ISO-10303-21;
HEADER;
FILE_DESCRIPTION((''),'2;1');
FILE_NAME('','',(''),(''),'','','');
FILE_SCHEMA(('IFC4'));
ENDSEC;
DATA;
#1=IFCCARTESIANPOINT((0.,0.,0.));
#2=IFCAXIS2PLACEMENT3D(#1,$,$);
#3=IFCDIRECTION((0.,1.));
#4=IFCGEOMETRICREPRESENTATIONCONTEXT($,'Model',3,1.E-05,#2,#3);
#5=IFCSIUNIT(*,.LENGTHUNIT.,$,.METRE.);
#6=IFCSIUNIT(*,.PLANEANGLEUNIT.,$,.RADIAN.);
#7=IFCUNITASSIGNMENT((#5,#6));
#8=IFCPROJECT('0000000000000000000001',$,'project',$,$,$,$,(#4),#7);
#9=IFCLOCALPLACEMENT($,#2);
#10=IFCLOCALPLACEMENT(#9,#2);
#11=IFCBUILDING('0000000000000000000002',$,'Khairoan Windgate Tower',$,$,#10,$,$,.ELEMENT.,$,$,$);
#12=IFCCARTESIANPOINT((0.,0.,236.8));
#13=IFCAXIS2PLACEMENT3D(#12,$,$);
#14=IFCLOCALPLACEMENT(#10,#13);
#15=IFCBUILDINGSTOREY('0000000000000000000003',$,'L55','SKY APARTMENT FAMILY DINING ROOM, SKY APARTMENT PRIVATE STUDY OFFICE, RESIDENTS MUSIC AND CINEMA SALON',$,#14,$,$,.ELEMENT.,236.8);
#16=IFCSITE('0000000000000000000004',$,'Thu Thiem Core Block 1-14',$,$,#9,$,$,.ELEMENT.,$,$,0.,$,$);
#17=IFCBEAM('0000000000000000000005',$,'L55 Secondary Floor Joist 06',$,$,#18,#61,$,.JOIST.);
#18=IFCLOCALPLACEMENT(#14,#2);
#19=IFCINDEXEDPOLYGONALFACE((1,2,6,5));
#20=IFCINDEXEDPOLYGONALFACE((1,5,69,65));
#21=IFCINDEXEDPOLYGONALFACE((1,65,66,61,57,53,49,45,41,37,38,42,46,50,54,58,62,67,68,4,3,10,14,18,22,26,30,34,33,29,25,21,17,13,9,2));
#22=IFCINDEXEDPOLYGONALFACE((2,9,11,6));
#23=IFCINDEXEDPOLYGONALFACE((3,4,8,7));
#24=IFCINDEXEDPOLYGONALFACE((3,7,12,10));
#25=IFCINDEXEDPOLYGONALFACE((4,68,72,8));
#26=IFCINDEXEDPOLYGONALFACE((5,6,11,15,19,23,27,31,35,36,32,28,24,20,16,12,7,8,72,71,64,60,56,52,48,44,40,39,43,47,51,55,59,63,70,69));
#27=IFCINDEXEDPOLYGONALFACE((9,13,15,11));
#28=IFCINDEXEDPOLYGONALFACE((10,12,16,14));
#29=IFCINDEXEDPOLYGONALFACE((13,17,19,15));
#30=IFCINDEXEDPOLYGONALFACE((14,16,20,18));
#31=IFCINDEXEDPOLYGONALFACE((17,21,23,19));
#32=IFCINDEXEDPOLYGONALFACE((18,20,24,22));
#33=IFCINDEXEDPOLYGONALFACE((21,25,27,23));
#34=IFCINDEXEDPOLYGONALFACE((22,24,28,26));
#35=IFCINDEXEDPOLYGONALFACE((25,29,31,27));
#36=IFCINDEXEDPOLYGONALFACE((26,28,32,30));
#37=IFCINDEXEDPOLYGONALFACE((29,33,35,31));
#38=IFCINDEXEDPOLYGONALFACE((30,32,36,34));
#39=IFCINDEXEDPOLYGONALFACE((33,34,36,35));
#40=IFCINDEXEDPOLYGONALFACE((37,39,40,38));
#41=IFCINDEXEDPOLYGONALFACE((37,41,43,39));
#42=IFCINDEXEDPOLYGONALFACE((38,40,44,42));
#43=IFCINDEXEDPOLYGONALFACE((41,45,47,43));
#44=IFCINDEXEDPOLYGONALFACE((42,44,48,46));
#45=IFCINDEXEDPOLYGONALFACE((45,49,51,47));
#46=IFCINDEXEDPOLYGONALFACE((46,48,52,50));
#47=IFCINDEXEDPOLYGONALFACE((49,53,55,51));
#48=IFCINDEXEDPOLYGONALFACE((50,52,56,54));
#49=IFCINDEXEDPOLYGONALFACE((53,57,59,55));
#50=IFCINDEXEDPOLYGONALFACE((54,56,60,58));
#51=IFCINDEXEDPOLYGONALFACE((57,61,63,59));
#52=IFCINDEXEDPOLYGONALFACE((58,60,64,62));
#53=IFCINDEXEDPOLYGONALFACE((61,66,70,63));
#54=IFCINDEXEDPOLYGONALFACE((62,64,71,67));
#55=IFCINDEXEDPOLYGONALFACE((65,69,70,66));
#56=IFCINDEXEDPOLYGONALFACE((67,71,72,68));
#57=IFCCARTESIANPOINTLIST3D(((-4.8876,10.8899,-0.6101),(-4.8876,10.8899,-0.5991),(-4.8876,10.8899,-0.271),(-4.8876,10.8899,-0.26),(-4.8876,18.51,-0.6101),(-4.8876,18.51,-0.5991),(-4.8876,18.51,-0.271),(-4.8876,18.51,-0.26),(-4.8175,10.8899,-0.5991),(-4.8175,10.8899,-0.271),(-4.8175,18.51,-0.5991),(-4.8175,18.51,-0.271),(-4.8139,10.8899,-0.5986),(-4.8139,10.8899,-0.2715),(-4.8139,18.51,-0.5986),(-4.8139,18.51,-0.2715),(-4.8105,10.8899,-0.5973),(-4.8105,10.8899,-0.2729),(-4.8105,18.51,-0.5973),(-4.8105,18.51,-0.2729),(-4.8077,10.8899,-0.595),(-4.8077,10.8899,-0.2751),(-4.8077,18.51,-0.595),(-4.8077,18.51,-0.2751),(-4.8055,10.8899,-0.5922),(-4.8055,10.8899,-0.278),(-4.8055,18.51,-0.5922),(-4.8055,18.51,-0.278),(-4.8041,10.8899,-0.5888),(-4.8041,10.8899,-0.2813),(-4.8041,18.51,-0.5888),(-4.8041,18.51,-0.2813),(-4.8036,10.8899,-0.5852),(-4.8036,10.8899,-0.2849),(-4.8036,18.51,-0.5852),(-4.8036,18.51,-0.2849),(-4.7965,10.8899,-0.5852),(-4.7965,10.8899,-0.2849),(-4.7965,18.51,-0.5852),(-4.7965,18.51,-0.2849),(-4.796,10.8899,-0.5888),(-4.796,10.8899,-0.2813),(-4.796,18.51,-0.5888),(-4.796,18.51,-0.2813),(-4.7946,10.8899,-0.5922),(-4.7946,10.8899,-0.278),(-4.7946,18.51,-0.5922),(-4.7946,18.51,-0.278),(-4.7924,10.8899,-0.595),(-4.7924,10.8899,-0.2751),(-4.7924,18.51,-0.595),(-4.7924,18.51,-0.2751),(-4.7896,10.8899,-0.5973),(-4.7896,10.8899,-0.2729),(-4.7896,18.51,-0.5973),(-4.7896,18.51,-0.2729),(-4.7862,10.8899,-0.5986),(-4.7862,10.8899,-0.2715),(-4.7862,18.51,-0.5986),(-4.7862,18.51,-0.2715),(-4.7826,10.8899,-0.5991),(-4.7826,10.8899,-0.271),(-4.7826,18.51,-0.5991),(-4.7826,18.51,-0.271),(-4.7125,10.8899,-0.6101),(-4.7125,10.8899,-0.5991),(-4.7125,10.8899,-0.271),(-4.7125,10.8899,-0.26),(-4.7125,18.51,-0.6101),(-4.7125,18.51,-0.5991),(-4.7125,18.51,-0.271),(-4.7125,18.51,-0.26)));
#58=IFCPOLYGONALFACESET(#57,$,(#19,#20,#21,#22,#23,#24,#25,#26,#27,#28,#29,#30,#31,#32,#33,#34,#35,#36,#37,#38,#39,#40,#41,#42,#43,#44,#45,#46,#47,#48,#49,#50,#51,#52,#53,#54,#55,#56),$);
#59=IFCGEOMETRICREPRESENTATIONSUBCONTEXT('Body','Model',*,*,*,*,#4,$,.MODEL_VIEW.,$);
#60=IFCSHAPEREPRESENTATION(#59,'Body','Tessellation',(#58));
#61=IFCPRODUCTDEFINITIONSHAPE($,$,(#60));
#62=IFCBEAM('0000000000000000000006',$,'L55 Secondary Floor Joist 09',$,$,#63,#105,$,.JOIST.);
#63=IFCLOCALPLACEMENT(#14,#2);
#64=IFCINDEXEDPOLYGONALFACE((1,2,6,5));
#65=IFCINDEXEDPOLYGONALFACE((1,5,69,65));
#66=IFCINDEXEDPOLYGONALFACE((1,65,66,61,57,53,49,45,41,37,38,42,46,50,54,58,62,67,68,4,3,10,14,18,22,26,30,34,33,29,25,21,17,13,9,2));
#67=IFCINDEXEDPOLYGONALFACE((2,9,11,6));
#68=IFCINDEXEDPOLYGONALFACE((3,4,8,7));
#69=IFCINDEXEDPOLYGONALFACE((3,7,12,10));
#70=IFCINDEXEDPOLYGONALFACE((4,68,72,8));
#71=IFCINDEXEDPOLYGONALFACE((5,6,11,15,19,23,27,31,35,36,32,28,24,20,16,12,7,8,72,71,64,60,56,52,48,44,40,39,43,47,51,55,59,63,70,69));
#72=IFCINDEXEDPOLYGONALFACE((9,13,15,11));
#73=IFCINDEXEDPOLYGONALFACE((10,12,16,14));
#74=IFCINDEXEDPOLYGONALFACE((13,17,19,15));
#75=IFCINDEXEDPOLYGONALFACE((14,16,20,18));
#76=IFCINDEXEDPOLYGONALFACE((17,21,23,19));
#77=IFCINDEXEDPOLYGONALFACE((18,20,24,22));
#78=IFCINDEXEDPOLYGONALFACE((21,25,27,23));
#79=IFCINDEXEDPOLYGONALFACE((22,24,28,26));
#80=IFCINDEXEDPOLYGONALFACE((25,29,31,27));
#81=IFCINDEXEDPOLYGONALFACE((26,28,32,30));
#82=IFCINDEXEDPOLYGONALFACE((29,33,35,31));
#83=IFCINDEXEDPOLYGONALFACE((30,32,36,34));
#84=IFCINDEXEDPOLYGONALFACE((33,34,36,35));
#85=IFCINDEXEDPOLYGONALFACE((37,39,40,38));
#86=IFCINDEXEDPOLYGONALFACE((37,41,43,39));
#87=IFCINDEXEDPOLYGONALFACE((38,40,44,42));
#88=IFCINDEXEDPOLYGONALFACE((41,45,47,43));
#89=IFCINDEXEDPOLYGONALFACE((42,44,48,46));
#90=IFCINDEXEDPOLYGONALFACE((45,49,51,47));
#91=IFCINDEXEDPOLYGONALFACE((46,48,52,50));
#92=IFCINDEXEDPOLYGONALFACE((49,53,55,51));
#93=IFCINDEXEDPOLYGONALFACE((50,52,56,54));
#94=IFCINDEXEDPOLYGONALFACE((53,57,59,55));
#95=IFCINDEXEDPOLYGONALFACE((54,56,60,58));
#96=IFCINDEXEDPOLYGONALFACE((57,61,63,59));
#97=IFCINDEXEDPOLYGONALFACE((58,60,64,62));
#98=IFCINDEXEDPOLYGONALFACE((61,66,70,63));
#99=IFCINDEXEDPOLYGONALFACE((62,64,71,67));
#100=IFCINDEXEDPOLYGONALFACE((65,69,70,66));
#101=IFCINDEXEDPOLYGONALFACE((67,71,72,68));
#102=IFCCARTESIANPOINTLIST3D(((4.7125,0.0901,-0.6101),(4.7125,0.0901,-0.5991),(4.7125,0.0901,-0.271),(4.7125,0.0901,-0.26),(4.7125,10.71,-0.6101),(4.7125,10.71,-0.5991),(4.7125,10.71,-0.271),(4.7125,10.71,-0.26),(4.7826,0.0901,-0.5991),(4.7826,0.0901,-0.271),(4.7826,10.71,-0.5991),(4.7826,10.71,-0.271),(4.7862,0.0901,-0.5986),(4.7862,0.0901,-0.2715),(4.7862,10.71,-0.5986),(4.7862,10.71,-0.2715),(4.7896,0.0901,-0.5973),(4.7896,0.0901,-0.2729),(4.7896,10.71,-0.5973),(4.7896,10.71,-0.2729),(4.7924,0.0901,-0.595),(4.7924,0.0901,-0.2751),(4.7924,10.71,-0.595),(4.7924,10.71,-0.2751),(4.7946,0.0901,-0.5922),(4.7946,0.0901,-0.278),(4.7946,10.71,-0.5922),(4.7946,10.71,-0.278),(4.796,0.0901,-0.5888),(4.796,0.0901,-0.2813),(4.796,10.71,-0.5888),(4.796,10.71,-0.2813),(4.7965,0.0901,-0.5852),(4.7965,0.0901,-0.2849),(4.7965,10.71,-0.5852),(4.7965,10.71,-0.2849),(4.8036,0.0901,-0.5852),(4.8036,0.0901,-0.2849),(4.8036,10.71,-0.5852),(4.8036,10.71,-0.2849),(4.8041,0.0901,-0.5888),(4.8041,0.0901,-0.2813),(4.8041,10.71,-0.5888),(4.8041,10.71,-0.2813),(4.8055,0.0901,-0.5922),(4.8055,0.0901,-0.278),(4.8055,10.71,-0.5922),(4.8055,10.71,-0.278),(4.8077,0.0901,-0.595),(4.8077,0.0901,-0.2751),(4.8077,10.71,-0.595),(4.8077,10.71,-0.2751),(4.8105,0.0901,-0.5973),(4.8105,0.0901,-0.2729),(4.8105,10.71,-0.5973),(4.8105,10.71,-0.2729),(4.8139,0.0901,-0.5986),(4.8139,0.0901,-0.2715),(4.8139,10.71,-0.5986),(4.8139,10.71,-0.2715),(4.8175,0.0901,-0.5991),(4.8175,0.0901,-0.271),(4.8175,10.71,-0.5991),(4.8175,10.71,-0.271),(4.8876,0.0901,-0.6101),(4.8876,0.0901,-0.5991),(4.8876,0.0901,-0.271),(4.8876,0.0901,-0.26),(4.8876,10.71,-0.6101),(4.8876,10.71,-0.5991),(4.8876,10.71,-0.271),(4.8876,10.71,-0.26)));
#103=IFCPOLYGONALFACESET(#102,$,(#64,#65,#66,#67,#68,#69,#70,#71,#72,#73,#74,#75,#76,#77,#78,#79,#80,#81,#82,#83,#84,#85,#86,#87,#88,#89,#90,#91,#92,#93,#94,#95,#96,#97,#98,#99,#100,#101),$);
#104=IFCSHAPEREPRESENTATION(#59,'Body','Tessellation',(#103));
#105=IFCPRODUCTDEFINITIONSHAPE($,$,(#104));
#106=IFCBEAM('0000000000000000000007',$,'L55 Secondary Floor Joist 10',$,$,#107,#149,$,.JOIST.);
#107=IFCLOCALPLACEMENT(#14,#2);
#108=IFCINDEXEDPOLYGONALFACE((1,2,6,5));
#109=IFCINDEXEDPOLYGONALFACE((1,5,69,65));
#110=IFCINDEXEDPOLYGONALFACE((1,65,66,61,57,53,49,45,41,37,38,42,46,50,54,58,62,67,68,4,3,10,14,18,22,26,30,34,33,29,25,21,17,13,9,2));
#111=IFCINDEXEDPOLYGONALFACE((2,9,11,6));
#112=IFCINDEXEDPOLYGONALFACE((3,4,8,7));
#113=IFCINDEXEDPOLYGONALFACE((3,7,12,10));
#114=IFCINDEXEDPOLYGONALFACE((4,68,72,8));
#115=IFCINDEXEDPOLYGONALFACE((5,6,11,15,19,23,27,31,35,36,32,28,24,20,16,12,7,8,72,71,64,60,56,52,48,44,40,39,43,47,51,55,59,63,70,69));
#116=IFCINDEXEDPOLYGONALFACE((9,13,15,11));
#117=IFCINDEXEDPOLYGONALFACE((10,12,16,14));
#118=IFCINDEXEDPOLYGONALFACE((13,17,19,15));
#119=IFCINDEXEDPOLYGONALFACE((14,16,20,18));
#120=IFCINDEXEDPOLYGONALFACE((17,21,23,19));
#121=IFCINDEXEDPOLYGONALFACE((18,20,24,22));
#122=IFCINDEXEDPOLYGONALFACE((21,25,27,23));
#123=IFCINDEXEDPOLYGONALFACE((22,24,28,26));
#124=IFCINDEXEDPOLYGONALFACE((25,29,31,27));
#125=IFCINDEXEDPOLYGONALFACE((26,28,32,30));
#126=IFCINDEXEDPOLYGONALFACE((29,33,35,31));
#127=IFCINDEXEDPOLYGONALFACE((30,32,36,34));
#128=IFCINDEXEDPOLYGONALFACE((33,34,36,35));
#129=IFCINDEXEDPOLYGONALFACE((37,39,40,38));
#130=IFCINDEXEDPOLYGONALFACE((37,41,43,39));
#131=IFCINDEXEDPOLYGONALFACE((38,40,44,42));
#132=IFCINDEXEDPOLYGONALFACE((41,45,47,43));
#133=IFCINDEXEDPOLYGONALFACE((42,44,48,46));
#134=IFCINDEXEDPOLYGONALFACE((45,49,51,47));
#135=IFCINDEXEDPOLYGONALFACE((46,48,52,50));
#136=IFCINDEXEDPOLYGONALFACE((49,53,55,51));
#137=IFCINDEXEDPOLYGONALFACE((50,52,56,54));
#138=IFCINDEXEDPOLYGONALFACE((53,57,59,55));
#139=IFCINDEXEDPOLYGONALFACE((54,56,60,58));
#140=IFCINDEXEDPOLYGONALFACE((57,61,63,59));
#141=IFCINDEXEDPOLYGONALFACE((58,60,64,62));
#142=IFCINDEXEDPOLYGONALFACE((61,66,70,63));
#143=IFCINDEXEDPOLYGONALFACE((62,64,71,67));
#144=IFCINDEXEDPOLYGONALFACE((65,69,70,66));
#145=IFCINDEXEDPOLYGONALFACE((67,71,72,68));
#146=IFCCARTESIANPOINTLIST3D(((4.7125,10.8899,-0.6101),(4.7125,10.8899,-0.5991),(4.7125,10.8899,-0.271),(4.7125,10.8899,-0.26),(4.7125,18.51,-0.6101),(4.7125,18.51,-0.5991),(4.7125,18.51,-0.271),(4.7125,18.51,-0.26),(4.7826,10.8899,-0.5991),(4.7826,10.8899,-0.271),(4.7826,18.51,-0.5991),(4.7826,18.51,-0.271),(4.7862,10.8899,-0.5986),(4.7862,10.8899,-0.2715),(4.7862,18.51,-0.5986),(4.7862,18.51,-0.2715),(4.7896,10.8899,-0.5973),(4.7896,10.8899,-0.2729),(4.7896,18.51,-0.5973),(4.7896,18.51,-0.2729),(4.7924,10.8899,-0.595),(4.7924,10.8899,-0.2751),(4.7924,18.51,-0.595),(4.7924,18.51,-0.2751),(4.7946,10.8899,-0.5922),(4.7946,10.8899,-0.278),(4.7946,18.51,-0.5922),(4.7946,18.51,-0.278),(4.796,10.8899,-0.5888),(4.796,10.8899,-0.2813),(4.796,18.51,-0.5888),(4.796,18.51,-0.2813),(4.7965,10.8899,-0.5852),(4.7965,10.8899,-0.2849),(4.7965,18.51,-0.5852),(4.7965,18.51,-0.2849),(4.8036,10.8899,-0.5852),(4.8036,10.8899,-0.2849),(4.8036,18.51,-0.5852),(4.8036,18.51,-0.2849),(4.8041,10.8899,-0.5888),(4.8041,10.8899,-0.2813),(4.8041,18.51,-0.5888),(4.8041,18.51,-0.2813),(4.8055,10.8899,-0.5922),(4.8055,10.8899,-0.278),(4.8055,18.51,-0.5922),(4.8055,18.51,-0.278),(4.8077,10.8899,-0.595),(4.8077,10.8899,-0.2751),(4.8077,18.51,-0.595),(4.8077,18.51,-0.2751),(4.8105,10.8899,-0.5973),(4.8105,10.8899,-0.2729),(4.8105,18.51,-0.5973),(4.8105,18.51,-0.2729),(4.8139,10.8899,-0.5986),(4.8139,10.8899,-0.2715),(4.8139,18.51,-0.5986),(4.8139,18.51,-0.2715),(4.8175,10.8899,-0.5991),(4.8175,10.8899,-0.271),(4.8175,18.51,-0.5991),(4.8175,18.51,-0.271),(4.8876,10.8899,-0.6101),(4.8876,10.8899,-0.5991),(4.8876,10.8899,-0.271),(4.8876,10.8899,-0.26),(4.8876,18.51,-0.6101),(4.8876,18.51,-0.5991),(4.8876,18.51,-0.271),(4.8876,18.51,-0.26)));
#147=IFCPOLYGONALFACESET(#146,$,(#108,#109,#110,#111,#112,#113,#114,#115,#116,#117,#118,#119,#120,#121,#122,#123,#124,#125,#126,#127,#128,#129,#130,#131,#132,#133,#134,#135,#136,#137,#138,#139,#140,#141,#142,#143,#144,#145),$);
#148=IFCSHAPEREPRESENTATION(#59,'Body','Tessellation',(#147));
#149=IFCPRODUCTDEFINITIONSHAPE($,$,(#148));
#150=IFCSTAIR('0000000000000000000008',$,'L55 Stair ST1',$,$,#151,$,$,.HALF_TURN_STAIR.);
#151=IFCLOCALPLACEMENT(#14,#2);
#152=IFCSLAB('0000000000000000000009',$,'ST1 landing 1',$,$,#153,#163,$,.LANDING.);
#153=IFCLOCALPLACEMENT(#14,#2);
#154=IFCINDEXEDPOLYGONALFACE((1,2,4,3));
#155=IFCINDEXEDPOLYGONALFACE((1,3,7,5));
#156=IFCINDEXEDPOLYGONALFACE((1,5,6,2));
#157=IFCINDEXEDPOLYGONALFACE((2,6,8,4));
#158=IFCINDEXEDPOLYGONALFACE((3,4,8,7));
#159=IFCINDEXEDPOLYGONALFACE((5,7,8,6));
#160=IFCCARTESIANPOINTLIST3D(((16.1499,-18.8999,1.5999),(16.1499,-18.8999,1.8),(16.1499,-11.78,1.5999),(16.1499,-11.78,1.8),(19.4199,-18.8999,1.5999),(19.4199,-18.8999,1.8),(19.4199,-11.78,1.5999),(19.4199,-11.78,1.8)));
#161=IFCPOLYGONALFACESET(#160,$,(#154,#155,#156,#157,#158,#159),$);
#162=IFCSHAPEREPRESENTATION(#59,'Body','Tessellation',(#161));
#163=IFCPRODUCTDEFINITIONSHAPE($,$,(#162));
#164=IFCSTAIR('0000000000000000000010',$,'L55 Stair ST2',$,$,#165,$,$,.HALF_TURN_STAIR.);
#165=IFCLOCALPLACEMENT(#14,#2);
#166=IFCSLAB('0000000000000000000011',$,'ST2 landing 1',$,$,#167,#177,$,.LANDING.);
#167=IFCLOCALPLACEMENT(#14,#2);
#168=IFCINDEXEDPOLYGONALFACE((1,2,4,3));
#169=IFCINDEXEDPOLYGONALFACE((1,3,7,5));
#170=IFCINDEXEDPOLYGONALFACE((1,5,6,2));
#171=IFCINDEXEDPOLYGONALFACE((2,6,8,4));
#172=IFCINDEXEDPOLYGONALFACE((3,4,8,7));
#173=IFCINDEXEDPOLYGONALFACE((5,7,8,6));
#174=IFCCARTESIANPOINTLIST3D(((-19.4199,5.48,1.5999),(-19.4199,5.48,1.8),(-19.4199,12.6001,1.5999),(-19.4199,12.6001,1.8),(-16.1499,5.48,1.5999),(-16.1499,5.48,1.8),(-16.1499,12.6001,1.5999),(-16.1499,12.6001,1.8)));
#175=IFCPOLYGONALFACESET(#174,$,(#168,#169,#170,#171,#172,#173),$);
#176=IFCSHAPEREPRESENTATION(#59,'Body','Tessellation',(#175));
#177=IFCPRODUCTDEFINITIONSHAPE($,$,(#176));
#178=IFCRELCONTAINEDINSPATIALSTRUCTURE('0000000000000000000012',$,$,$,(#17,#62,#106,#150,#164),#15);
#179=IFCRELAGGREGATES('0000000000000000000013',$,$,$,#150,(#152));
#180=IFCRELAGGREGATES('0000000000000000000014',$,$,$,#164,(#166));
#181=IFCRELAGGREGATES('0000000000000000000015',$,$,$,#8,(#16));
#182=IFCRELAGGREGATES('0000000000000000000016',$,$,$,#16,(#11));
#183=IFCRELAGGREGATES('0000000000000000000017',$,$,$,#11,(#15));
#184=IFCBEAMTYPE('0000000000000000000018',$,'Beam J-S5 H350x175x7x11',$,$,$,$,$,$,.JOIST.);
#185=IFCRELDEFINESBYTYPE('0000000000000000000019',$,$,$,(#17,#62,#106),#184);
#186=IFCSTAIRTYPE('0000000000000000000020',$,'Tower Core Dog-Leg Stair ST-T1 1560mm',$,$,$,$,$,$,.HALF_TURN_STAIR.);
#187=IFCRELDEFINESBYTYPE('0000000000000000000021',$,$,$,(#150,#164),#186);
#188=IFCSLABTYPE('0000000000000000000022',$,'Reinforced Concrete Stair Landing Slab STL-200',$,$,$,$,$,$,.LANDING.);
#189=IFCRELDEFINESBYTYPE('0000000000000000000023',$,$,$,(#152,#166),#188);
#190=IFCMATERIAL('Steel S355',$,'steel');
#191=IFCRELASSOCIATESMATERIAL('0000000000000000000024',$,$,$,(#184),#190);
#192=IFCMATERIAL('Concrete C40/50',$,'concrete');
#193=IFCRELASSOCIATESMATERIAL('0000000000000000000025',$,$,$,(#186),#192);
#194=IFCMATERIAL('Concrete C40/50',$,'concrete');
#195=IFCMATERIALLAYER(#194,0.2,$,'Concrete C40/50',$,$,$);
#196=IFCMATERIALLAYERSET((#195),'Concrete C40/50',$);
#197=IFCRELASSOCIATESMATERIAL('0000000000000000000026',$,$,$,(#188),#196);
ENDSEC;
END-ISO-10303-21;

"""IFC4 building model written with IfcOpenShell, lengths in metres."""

from ifc_helpers import new_model, si_unit, direction, frame, origin, origin_2d, place, context, subcontext, project, spatial, polyline, i_section, outline, extrude, material, layer, layer_set, material_profile, profile_set, type_object, element, aggregate, save


model = new_model("IFC4")

# Units and contexts
model_context = context("Model", 3, precision=1e-05, world=origin(), true_north=direction((0.0, 1.0)))
body_context = subcontext(model_context, "Body", "Model", "MODEL_VIEW")
ifc_project = project(units=[si_unit("LENGTHUNIT", "METRE"), si_unit("PLANEANGLEUNIT", "RADIAN")], contexts=[model_context])

# Site, building, storey
site_placement = place(None, origin())
site = spatial("IfcSite", under=ifc_project, at=site_placement, Name="Thu Thiem Core Block 1-14", CompositionType="ELEMENT", RefElevation=0.0)
building_placement = place(site_placement, origin())
building = spatial("IfcBuilding", under=site, at=building_placement, Name="Khairoan Windgate Tower", CompositionType="ELEMENT")
storey_placement = place(building_placement, frame((0.0, 0.0, 236.8)))
storey = spatial("IfcBuildingStorey", under=building, at=storey_placement, Name="L55", Description="SKY APARTMENT FAMILY DINING ROOM, SKY APARTMENT PRIVATE STUDY OFFICE, RESIDENTS MUSIC AND CINEMA SALON", CompositionType="ELEMENT", Elevation=236.8)

# Beams
ifc_material_1 = material(Name="Steel S355", Category="steel")
ifc_material_profile_1 = material_profile(ifc_material_1, i_section(OverallWidth=0.175, OverallDepth=0.3501, WebThickness=0.0071, FlangeThickness=0.011, FilletRadius=0.0139, at=origin_2d()))
ifc_profile_set_1 = profile_set([ifc_material_profile_1], Name="Steel S355")
beam_type_1 = type_object("IfcBeamType", Name="Beam J-S5 H350x175x7x11", PredefinedType="JOIST", material=ifc_profile_set_1)
beam_1_placement = place(storey_placement, frame((-4.8, 10.8899, -0.4351), z_axis=(0.0, 1.0, 0.0), x_axis=(-1.0, 0.0, 0.0)))
element("IfcBeam", 1, at=beam_1_placement, inside=storey, type_object=beam_type_1, Name="L55 Secondary Floor Joist 06", PredefinedType="JOIST", context=body_context, shape_type="SweptSolid", body=[
    extrude(i_section(OverallWidth=0.175, OverallDepth=0.3501, WebThickness=0.0071, FlangeThickness=0.011, FilletRadius=0.0139, at=origin_2d()), origin(), (0.0, 0.0, 1.0), 7.6201),
])
beam_2_placement = place(storey_placement, frame((4.8, 0.0901, -0.4351), z_axis=(0.0, 1.0, 0.0), x_axis=(-1.0, 0.0, 0.0)))
element("IfcBeam", 2, at=beam_2_placement, inside=storey, type_object=beam_type_1, Name="L55 Secondary Floor Joist 09", PredefinedType="JOIST", context=body_context, shape_type="SweptSolid", body=[
    extrude(i_section(OverallWidth=0.175, OverallDepth=0.3501, WebThickness=0.0071, FlangeThickness=0.011, FilletRadius=0.0139, at=origin_2d()), origin(), (0.0, 0.0, 1.0), 10.6199),
])
beam_3_placement = place(storey_placement, frame((4.8, 10.8899, -0.4351), z_axis=(0.0, 1.0, 0.0), x_axis=(-1.0, 0.0, 0.0)))
element("IfcBeam", 3, at=beam_3_placement, inside=storey, type_object=beam_type_1, Name="L55 Secondary Floor Joist 10", PredefinedType="JOIST", context=body_context, shape_type="SweptSolid", body=[
    extrude(i_section(OverallWidth=0.175, OverallDepth=0.3501, WebThickness=0.0071, FlangeThickness=0.011, FilletRadius=0.0139, at=origin_2d()), origin(), (0.0, 0.0, 1.0), 7.6201),
])

# Stairs, slabs
ifc_material_2 = material(Name="Concrete C40/50", Category="concrete")
stair_type = type_object("IfcStairType", Name="Tower Core Dog-Leg Stair ST-T1 1560mm", PredefinedType="HALF_TURN_STAIR", material=ifc_material_2)
stair_1_placement = place(storey_placement, origin())
stair_1 = element("IfcStair", 4, at=stair_1_placement, inside=storey, type_object=stair_type, Name="L55 Stair ST1", PredefinedType="HALF_TURN_STAIR")
ifc_material_3 = material(Name="Concrete C40/50", Category="concrete")
ifc_layer_1 = layer(ifc_material_3, 0.2, Name="Concrete C40/50")
ifc_layer_set_1 = layer_set([ifc_layer_1], Name="Concrete C40/50")
slab_type_1 = type_object("IfcSlabType", Name="Reinforced Concrete Stair Landing Slab STL-200", PredefinedType="LANDING", material=ifc_layer_set_1)
slab_1_placement = place(storey_placement, frame((0.0, 0.0, 1.5999)))
slab_1 = element("IfcSlab", 5, at=slab_1_placement, type_object=slab_type_1, Name="ST1 landing 1", PredefinedType="LANDING", context=body_context, shape_type="SweptSolid", body=[
    extrude(outline(polyline([(16.1499, -11.78), (16.1499, -18.8999), (19.4199, -18.8999), (19.4199, -11.78), (16.1499, -11.78)])), origin(), (0.0, 0.0, 1.0), 0.2002),
])
aggregate(stair_1, [slab_1])
stair_2_placement = place(storey_placement, origin())
stair_2 = element("IfcStair", 6, at=stair_2_placement, inside=storey, type_object=stair_type, Name="L55 Stair ST2", PredefinedType="HALF_TURN_STAIR")
slab_2_placement = place(storey_placement, frame((0.0, 0.0, 1.5999)))
slab_2 = element("IfcSlab", 7, at=slab_2_placement, type_object=slab_type_1, Name="ST2 landing 1", PredefinedType="LANDING", context=body_context, shape_type="SweptSolid", body=[
    extrude(outline(polyline([(-16.1499, 5.48), (-16.1499, 12.6001), (-19.4199, 12.6001), (-19.4199, 5.48), (-16.1499, 5.48)])), origin(), (0.0, 0.0, 1.0), 0.2002),
])
aggregate(stair_2, [slab_2])

save(model, "model.ifc")
